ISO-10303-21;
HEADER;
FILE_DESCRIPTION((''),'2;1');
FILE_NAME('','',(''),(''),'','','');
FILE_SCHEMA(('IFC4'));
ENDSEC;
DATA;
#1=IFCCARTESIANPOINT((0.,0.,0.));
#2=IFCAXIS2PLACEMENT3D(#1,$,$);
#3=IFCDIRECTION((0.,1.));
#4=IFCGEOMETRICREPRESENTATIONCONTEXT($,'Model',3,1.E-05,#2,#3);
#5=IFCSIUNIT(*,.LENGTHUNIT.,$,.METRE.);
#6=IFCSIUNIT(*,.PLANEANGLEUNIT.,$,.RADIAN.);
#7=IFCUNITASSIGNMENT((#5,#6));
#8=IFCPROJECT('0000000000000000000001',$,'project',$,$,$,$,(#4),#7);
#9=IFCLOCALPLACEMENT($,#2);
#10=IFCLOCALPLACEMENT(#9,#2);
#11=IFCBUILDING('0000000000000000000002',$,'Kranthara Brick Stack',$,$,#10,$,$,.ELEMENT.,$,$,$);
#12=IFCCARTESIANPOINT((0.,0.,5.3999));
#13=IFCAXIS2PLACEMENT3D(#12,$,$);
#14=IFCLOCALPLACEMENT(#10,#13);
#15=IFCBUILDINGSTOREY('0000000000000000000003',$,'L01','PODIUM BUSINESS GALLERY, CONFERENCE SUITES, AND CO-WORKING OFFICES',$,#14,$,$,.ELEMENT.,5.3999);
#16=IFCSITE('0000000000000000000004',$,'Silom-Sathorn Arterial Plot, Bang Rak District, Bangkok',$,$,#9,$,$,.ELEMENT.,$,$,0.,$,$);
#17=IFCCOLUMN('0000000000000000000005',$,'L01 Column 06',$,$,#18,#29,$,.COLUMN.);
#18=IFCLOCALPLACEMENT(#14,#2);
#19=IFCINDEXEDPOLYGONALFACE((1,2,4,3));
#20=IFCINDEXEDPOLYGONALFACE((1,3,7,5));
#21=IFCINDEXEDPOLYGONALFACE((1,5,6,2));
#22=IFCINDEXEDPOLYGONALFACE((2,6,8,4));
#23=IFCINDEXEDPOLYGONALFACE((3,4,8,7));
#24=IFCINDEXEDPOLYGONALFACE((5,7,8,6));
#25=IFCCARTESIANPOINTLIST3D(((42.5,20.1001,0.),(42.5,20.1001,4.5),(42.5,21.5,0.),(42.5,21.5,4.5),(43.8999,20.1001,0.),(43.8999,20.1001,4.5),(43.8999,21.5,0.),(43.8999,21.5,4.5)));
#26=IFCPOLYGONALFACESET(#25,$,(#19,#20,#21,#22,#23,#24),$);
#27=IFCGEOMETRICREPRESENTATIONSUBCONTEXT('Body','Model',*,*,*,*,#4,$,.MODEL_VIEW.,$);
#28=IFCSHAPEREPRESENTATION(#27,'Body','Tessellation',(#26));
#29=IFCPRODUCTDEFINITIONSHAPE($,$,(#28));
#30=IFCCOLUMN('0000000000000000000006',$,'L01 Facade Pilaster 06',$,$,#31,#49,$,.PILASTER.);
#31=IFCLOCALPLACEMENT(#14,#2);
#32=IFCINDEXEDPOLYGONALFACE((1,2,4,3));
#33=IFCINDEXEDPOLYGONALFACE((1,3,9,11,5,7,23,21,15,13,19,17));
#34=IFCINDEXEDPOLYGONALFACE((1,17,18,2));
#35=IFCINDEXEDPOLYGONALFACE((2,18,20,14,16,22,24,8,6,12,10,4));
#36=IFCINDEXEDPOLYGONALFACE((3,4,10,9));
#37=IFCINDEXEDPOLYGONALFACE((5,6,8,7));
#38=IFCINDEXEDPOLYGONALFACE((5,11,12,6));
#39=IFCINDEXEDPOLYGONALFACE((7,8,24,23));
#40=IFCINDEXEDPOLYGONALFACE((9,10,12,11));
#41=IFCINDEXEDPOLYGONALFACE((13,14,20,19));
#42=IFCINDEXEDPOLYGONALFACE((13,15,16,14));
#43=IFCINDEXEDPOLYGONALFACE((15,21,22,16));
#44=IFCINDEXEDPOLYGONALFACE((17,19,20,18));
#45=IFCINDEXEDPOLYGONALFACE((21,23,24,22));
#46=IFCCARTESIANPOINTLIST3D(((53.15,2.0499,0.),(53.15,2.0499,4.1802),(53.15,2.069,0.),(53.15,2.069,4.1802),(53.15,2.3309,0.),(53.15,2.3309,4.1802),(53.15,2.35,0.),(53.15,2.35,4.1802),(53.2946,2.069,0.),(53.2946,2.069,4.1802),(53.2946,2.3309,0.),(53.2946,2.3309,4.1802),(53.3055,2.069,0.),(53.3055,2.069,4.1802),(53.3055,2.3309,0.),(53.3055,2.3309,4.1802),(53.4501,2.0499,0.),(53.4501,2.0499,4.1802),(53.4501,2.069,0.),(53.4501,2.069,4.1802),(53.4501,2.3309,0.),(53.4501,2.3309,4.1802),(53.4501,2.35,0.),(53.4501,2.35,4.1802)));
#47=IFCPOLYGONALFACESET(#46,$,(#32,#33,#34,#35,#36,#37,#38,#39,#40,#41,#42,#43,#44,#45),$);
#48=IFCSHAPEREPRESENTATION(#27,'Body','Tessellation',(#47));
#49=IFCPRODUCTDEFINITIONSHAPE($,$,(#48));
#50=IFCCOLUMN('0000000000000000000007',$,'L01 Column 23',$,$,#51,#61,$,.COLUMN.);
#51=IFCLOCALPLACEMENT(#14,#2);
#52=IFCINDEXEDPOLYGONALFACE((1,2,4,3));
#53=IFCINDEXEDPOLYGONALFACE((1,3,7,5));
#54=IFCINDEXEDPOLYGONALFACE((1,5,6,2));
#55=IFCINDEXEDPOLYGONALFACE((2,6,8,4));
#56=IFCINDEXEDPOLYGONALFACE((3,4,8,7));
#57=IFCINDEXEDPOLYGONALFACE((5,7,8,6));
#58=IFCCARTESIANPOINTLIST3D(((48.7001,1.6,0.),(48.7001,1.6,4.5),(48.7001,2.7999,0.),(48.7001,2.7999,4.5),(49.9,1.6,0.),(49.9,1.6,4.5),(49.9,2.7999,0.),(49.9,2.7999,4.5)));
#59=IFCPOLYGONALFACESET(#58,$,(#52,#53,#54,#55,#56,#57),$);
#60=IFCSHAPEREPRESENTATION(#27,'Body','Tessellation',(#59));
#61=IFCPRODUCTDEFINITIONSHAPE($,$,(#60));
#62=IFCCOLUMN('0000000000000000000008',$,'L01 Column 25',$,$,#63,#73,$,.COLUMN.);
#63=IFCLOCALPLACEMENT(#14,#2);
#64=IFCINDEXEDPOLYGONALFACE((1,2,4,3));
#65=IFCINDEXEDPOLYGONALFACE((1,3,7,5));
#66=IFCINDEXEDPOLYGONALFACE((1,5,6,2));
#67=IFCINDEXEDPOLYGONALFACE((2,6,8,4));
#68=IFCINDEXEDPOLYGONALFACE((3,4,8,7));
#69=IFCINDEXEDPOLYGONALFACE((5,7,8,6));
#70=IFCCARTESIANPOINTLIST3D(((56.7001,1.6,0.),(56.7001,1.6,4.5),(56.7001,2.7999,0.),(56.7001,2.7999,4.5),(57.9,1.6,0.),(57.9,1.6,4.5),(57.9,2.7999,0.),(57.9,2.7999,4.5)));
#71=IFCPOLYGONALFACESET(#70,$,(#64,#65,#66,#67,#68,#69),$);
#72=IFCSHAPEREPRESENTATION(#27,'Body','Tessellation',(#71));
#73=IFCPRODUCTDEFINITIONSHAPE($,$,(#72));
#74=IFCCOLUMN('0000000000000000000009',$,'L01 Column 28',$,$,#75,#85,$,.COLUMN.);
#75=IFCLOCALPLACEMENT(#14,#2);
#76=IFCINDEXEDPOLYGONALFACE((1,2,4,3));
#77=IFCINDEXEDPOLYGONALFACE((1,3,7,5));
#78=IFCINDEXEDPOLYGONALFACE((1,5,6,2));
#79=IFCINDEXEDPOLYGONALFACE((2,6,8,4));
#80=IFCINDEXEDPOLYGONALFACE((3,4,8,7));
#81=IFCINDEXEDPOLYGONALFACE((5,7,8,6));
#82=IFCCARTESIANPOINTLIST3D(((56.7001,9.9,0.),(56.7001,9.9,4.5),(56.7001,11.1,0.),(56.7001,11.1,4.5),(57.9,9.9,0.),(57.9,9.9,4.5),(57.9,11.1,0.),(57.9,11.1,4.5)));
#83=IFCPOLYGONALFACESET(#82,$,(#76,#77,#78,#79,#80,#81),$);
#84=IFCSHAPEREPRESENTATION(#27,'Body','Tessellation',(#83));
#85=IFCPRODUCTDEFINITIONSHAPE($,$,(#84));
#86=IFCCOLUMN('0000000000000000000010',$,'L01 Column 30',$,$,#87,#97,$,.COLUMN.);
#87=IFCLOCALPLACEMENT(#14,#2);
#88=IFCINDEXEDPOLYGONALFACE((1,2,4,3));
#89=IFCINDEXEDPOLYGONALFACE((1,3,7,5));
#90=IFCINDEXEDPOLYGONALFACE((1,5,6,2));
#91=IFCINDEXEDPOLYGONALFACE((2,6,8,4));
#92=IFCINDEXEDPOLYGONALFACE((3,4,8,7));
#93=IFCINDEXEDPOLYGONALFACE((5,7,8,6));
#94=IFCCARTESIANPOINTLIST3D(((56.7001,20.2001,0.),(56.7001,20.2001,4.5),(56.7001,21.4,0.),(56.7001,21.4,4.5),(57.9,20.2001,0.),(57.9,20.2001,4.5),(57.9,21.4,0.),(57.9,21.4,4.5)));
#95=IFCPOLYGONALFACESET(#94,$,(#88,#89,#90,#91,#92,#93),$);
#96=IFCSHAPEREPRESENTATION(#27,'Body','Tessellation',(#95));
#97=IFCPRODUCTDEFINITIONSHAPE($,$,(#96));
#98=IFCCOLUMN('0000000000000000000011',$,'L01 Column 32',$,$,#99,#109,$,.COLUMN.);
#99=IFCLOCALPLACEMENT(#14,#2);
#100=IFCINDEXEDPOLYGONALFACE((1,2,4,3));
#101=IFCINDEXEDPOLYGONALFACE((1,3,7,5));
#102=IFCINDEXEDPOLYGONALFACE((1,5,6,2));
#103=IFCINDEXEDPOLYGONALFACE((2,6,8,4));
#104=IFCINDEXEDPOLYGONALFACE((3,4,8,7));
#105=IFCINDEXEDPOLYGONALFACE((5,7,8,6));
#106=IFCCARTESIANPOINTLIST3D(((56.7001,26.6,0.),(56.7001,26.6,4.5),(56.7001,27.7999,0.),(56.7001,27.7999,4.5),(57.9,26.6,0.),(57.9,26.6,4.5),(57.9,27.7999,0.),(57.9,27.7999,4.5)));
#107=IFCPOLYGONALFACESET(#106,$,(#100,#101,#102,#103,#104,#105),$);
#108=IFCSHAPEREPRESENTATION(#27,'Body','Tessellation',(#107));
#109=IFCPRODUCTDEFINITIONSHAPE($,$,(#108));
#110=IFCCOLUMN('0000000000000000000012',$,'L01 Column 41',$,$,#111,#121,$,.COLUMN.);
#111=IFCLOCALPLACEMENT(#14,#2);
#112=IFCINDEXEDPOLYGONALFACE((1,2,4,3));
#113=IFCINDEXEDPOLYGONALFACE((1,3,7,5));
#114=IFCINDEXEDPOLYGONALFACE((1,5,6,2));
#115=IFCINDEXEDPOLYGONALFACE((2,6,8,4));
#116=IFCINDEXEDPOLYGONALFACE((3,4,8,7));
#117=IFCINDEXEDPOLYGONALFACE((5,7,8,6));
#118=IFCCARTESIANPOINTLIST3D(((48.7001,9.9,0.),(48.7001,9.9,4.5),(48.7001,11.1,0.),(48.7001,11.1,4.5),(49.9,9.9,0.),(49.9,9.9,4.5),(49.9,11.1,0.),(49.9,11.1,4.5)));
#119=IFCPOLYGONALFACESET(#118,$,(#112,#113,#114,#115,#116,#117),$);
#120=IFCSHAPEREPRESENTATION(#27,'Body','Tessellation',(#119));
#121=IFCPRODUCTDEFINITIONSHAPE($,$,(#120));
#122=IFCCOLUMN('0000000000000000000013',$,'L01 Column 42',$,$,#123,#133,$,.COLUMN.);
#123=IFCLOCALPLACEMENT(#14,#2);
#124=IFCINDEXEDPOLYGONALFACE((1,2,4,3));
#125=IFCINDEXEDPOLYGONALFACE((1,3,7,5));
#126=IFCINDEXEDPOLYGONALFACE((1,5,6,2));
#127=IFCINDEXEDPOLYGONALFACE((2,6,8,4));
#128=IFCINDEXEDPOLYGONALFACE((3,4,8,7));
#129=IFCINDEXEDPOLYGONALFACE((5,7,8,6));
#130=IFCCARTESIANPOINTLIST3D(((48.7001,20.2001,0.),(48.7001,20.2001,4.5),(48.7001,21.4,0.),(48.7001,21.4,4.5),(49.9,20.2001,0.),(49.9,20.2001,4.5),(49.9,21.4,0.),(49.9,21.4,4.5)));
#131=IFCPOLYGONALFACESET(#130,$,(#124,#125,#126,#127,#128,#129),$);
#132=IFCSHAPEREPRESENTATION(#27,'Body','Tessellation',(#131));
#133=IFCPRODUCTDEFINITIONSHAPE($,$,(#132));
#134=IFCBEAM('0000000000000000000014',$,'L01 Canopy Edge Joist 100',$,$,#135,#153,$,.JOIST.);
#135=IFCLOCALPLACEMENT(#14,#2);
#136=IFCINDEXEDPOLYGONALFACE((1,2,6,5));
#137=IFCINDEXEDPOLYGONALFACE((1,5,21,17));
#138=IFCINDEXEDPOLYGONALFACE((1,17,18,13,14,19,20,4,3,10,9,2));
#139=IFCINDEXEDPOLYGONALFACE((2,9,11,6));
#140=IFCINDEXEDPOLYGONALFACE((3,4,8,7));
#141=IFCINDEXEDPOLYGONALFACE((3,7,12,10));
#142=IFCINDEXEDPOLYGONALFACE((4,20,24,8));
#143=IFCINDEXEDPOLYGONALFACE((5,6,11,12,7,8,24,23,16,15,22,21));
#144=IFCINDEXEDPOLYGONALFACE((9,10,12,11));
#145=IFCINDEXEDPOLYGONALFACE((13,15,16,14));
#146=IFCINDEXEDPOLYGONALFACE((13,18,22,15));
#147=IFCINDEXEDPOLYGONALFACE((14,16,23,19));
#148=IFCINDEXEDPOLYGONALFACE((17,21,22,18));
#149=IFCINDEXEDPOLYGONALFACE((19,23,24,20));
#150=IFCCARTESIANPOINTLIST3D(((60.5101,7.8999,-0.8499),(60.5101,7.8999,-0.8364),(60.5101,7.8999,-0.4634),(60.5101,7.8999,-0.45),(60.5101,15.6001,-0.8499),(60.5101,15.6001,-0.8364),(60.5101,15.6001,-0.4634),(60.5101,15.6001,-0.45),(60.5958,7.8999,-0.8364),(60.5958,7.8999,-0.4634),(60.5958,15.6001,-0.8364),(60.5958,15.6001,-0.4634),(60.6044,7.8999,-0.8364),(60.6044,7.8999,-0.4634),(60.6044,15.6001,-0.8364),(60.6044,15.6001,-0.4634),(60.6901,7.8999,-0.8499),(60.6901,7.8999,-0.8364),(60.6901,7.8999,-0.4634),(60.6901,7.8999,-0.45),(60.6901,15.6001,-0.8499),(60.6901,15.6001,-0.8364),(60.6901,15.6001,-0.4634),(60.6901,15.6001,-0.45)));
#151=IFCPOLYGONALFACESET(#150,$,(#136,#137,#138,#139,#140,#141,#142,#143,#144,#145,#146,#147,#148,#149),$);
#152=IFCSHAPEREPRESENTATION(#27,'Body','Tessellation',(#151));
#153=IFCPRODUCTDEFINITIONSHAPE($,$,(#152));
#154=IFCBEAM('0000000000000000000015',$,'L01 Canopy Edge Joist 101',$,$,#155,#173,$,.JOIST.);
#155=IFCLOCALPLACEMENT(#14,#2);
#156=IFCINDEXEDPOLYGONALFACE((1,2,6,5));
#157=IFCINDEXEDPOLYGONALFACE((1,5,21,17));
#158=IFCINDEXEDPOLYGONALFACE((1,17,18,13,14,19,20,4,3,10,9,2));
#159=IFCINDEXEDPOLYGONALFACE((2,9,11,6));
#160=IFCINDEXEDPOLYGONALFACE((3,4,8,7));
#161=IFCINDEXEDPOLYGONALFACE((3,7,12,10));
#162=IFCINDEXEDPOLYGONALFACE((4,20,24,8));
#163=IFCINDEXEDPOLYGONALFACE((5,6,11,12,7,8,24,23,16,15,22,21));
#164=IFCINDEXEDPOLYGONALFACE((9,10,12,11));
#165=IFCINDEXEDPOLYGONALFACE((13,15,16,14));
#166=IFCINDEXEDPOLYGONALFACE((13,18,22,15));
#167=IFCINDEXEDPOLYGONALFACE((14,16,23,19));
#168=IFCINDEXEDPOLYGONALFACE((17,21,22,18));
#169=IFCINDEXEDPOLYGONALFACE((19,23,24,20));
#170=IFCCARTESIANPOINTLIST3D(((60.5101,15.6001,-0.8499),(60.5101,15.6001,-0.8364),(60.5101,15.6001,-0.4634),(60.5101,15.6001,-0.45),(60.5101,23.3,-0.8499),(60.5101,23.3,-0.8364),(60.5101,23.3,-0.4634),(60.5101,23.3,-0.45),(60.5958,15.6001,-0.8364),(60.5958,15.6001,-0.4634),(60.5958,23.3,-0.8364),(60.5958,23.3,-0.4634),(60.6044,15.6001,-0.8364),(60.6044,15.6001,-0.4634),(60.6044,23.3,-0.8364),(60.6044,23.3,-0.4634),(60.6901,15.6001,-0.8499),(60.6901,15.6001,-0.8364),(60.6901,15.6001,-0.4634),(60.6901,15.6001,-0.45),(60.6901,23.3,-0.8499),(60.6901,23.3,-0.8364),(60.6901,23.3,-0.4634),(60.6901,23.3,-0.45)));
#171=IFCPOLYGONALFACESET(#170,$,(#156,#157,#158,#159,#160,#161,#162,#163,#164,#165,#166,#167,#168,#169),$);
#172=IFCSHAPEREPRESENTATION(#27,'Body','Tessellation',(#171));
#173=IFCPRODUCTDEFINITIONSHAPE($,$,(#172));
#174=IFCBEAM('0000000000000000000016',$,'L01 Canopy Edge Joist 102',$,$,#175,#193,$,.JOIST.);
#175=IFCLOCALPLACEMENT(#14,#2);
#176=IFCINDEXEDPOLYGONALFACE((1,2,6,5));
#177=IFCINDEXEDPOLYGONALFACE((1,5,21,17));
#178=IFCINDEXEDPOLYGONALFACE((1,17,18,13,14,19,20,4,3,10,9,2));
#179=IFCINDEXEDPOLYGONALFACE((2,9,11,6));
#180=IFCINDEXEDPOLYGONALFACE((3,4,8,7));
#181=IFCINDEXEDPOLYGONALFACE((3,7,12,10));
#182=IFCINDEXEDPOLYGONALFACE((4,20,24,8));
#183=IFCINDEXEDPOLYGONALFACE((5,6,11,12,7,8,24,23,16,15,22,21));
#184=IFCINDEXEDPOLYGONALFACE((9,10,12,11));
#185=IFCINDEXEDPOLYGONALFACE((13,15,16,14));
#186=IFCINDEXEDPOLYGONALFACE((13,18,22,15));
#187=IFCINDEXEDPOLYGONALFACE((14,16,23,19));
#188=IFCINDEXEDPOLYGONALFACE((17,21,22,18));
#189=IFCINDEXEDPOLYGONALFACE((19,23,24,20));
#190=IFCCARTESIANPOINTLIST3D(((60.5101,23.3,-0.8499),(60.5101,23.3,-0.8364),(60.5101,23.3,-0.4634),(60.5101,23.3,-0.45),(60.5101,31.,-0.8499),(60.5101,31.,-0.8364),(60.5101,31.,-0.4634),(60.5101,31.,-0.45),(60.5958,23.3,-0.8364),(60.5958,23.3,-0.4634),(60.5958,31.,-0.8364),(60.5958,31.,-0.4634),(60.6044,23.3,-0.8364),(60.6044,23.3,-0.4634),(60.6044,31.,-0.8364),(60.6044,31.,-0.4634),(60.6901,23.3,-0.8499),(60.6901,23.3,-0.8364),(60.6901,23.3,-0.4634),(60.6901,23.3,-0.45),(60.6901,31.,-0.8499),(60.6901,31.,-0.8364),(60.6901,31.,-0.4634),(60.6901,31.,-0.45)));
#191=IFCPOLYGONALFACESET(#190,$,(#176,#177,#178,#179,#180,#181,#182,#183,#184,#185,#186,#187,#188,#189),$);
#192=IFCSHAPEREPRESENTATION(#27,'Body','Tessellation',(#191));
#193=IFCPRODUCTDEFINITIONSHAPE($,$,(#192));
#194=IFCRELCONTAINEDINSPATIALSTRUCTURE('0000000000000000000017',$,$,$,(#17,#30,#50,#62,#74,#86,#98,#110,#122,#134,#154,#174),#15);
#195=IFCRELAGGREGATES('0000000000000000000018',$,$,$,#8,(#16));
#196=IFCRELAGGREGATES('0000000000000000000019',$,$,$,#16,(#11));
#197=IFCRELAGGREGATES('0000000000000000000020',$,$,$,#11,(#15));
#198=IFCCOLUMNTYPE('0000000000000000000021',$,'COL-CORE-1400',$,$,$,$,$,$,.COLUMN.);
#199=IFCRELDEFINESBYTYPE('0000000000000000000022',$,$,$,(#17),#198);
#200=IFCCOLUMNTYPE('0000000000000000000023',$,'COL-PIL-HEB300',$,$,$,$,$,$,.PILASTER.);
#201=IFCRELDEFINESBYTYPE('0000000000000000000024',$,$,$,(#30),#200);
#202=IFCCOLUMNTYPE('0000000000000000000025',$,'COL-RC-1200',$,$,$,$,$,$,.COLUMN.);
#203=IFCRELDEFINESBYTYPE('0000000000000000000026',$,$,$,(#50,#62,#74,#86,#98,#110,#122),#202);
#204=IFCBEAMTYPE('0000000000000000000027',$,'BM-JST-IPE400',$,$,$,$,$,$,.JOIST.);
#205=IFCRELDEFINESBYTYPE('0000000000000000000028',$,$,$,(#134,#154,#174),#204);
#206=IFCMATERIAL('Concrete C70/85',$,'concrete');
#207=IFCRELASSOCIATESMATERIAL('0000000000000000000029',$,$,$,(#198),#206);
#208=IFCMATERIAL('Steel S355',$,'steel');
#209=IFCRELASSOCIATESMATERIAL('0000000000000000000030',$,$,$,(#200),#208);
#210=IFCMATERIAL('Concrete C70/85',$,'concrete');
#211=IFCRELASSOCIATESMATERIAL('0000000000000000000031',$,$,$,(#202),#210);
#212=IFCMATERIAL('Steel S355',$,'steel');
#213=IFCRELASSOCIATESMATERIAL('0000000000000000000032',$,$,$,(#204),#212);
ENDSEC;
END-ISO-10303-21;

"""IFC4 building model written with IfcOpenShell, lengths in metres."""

from ifc_helpers import new_model, si_unit, direction, frame, origin, origin_2d, place, context, subcontext, project, spatial, rectangle, i_section, extrude, material, material_profile, profile_set, type_object, element, save


model = new_model("IFC4")

# Units and contexts
model_context = context("Model", 3, precision=1e-05, world=origin(), true_north=direction((0.0, 1.0)))
body_context = subcontext(model_context, "Body", "Model", "MODEL_VIEW")
ifc_project = project(units=[si_unit("LENGTHUNIT", "METRE"), si_unit("PLANEANGLEUNIT", "RADIAN")], contexts=[model_context])

# Site, building, storey
site_placement = place(None, origin())
site = spatial("IfcSite", under=ifc_project, at=site_placement, Name="Silom-Sathorn Arterial Plot, Bang Rak District, Bangkok", CompositionType="ELEMENT", RefElevation=0.0)
building_placement = place(site_placement, origin())
building = spatial("IfcBuilding", under=site, at=building_placement, Name="Kranthara Brick Stack", CompositionType="ELEMENT")
storey_placement = place(building_placement, frame((0.0, 0.0, 5.3999)))
storey = spatial("IfcBuildingStorey", under=building, at=storey_placement, Name="L01", Description="PODIUM BUSINESS GALLERY, CONFERENCE SUITES, AND CO-WORKING OFFICES", CompositionType="ELEMENT", Elevation=5.3999)

# Columns
ifc_material_1 = material(Name="Concrete C70/85", Category="concrete")
ifc_material_profile_1 = material_profile(ifc_material_1, rectangle(XDim=1.3999, YDim=1.3999, at=origin_2d()), Name="RC 1400x1400")
ifc_profile_set_1 = profile_set([ifc_material_profile_1], Name="Concrete C70/85")
column_type_1 = type_object("IfcColumnType", Name="COL-CORE-1400", PredefinedType="COLUMN", material=ifc_profile_set_1)
column_1_placement = place(storey_placement, frame((43.2, 20.8, 0.0), z_axis=(0.0, 0.0, 1.0), x_axis=(1.0, 0.0, 0.0)))
element("IfcColumn", 1, at=column_1_placement, inside=storey, type_object=column_type_1, Name="L01 Column 06", PredefinedType="COLUMN", context=body_context, shape_type="SweptSolid", body=[
    extrude(rectangle(XDim=1.3999, YDim=1.3999, at=origin_2d()), origin(), (0.0, 0.0, 1.0), 4.5),
])
ifc_material_2 = material(Name="Steel S355", Category="steel")
ifc_material_profile_2 = material_profile(ifc_material_2, i_section(OverallWidth=0.3, OverallDepth=0.3, WebThickness=0.011, FlangeThickness=0.019, at=origin_2d()), Name="HEB 300")
ifc_profile_set_2 = profile_set([ifc_material_profile_2], Name="Steel S355")
column_type_2 = type_object("IfcColumnType", Name="COL-PIL-HEB300", PredefinedType="PILASTER", material=ifc_profile_set_2)
column_2_placement = place(storey_placement, frame((53.3, 2.2, 0.0), z_axis=(0.0, 0.0, 1.0), x_axis=(1.0, 0.0, 0.0)))
element("IfcColumn", 2, at=column_2_placement, inside=storey, type_object=column_type_2, Name="L01 Facade Pilaster 06", PredefinedType="PILASTER", context=body_context, shape_type="SweptSolid", body=[
    extrude(i_section(OverallWidth=0.3, OverallDepth=0.3, WebThickness=0.011, FlangeThickness=0.019, at=origin_2d()), origin(), (0.0, 0.0, 1.0), 4.1802),
])
ifc_material_3 = material(Name="Concrete C70/85", Category="concrete")
ifc_material_profile_3 = material_profile(ifc_material_3, rectangle(XDim=1.2, YDim=1.2, at=origin_2d()), Name="RC 1200x1200")
ifc_profile_set_3 = profile_set([ifc_material_profile_3], Name="Concrete C70/85")
column_type_3 = type_object("IfcColumnType", Name="COL-RC-1200", PredefinedType="COLUMN", material=ifc_profile_set_3)
for number, where, z_axis, x_axis, name in (
    (3, (49.3, 2.2, 0.0), (0.0, 0.0, 1.0), (1.0, 0.0, 0.0), "L01 Column 23"),
    (4, (57.3, 2.2, 0.0), (0.0, 0.0, 1.0), (1.0, 0.0, 0.0), "L01 Column 25"),
    (5, (57.3, 10.5, 0.0), (0.0, 0.0, 1.0), (1.0, 0.0, 0.0), "L01 Column 28"),
    (6, (57.3, 20.8, 0.0), (0.0, 0.0, 1.0), (1.0, 0.0, 0.0), "L01 Column 30"),
    (7, (57.3, 27.2, 0.0), (0.0, 0.0, 1.0), (1.0, 0.0, 0.0), "L01 Column 32"),
    (8, (49.3, 10.5, 0.0), (0.0, 0.0, 1.0), (1.0, 0.0, 0.0), "L01 Column 41"),
    (9, (49.3, 20.8, 0.0), (0.0, 0.0, 1.0), (1.0, 0.0, 0.0), "L01 Column 42"),
):
    element("IfcColumn", number, at=place(storey_placement, frame(where, z_axis=z_axis, x_axis=x_axis)), inside=storey, type_object=column_type_3, Name=name, PredefinedType="COLUMN", context=body_context, shape_type="SweptSolid", body=[
        extrude(rectangle(XDim=1.2, YDim=1.2, at=origin_2d()), origin(), (0.0, 0.0, 1.0), 4.5),
    ])

# Beams
ifc_material_4 = material(Name="Steel S355", Category="steel")
ifc_material_profile_4 = material_profile(ifc_material_4, i_section(OverallWidth=0.1799, OverallDepth=0.3999, WebThickness=0.0085, FlangeThickness=0.0134, at=origin_2d()), Name="IPE 400")
ifc_profile_set_4 = profile_set([ifc_material_profile_4], Name="Steel S355")
beam_type_1 = type_object("IfcBeamType", Name="BM-JST-IPE400", PredefinedType="JOIST", material=ifc_profile_set_4)
beam_1_placement = place(storey_placement, frame((60.6001, 7.8999, -0.6499), z_axis=(0.0, 1.0, 0.0), x_axis=(-1.0, 0.0, 0.0)))
element("IfcBeam", 10, at=beam_1_placement, inside=storey, type_object=beam_type_1, Name="L01 Canopy Edge Joist 100", PredefinedType="JOIST", context=body_context, shape_type="SweptSolid", body=[
    extrude(i_section(OverallWidth=0.1799, OverallDepth=0.3999, WebThickness=0.0085, FlangeThickness=0.0134, at=origin_2d()), origin(), (0.0, 0.0, 1.0), 7.7002),
])
for number, where, z_axis, x_axis, name in (
    (11, (60.6001, 15.6001, -0.6499), (0.0, 1.0, 0.0), (-1.0, 0.0, 0.0), "L01 Canopy Edge Joist 101"),
    (12, (60.6001, 23.3, -0.6499), (0.0, 1.0, 0.0), (-1.0, 0.0, 0.0), "L01 Canopy Edge Joist 102"),
):
    element("IfcBeam", number, at=place(storey_placement, frame(where, z_axis=z_axis, x_axis=x_axis)), inside=storey, type_object=beam_type_1, Name=name, PredefinedType="JOIST", context=body_context, shape_type="SweptSolid", body=[
        extrude(i_section(OverallWidth=0.1799, OverallDepth=0.3999, WebThickness=0.0085, FlangeThickness=0.0134, at=origin_2d()), origin(), (0.0, 0.0, 1.0), 7.7),
    ])

save(model, "model.ifc")
